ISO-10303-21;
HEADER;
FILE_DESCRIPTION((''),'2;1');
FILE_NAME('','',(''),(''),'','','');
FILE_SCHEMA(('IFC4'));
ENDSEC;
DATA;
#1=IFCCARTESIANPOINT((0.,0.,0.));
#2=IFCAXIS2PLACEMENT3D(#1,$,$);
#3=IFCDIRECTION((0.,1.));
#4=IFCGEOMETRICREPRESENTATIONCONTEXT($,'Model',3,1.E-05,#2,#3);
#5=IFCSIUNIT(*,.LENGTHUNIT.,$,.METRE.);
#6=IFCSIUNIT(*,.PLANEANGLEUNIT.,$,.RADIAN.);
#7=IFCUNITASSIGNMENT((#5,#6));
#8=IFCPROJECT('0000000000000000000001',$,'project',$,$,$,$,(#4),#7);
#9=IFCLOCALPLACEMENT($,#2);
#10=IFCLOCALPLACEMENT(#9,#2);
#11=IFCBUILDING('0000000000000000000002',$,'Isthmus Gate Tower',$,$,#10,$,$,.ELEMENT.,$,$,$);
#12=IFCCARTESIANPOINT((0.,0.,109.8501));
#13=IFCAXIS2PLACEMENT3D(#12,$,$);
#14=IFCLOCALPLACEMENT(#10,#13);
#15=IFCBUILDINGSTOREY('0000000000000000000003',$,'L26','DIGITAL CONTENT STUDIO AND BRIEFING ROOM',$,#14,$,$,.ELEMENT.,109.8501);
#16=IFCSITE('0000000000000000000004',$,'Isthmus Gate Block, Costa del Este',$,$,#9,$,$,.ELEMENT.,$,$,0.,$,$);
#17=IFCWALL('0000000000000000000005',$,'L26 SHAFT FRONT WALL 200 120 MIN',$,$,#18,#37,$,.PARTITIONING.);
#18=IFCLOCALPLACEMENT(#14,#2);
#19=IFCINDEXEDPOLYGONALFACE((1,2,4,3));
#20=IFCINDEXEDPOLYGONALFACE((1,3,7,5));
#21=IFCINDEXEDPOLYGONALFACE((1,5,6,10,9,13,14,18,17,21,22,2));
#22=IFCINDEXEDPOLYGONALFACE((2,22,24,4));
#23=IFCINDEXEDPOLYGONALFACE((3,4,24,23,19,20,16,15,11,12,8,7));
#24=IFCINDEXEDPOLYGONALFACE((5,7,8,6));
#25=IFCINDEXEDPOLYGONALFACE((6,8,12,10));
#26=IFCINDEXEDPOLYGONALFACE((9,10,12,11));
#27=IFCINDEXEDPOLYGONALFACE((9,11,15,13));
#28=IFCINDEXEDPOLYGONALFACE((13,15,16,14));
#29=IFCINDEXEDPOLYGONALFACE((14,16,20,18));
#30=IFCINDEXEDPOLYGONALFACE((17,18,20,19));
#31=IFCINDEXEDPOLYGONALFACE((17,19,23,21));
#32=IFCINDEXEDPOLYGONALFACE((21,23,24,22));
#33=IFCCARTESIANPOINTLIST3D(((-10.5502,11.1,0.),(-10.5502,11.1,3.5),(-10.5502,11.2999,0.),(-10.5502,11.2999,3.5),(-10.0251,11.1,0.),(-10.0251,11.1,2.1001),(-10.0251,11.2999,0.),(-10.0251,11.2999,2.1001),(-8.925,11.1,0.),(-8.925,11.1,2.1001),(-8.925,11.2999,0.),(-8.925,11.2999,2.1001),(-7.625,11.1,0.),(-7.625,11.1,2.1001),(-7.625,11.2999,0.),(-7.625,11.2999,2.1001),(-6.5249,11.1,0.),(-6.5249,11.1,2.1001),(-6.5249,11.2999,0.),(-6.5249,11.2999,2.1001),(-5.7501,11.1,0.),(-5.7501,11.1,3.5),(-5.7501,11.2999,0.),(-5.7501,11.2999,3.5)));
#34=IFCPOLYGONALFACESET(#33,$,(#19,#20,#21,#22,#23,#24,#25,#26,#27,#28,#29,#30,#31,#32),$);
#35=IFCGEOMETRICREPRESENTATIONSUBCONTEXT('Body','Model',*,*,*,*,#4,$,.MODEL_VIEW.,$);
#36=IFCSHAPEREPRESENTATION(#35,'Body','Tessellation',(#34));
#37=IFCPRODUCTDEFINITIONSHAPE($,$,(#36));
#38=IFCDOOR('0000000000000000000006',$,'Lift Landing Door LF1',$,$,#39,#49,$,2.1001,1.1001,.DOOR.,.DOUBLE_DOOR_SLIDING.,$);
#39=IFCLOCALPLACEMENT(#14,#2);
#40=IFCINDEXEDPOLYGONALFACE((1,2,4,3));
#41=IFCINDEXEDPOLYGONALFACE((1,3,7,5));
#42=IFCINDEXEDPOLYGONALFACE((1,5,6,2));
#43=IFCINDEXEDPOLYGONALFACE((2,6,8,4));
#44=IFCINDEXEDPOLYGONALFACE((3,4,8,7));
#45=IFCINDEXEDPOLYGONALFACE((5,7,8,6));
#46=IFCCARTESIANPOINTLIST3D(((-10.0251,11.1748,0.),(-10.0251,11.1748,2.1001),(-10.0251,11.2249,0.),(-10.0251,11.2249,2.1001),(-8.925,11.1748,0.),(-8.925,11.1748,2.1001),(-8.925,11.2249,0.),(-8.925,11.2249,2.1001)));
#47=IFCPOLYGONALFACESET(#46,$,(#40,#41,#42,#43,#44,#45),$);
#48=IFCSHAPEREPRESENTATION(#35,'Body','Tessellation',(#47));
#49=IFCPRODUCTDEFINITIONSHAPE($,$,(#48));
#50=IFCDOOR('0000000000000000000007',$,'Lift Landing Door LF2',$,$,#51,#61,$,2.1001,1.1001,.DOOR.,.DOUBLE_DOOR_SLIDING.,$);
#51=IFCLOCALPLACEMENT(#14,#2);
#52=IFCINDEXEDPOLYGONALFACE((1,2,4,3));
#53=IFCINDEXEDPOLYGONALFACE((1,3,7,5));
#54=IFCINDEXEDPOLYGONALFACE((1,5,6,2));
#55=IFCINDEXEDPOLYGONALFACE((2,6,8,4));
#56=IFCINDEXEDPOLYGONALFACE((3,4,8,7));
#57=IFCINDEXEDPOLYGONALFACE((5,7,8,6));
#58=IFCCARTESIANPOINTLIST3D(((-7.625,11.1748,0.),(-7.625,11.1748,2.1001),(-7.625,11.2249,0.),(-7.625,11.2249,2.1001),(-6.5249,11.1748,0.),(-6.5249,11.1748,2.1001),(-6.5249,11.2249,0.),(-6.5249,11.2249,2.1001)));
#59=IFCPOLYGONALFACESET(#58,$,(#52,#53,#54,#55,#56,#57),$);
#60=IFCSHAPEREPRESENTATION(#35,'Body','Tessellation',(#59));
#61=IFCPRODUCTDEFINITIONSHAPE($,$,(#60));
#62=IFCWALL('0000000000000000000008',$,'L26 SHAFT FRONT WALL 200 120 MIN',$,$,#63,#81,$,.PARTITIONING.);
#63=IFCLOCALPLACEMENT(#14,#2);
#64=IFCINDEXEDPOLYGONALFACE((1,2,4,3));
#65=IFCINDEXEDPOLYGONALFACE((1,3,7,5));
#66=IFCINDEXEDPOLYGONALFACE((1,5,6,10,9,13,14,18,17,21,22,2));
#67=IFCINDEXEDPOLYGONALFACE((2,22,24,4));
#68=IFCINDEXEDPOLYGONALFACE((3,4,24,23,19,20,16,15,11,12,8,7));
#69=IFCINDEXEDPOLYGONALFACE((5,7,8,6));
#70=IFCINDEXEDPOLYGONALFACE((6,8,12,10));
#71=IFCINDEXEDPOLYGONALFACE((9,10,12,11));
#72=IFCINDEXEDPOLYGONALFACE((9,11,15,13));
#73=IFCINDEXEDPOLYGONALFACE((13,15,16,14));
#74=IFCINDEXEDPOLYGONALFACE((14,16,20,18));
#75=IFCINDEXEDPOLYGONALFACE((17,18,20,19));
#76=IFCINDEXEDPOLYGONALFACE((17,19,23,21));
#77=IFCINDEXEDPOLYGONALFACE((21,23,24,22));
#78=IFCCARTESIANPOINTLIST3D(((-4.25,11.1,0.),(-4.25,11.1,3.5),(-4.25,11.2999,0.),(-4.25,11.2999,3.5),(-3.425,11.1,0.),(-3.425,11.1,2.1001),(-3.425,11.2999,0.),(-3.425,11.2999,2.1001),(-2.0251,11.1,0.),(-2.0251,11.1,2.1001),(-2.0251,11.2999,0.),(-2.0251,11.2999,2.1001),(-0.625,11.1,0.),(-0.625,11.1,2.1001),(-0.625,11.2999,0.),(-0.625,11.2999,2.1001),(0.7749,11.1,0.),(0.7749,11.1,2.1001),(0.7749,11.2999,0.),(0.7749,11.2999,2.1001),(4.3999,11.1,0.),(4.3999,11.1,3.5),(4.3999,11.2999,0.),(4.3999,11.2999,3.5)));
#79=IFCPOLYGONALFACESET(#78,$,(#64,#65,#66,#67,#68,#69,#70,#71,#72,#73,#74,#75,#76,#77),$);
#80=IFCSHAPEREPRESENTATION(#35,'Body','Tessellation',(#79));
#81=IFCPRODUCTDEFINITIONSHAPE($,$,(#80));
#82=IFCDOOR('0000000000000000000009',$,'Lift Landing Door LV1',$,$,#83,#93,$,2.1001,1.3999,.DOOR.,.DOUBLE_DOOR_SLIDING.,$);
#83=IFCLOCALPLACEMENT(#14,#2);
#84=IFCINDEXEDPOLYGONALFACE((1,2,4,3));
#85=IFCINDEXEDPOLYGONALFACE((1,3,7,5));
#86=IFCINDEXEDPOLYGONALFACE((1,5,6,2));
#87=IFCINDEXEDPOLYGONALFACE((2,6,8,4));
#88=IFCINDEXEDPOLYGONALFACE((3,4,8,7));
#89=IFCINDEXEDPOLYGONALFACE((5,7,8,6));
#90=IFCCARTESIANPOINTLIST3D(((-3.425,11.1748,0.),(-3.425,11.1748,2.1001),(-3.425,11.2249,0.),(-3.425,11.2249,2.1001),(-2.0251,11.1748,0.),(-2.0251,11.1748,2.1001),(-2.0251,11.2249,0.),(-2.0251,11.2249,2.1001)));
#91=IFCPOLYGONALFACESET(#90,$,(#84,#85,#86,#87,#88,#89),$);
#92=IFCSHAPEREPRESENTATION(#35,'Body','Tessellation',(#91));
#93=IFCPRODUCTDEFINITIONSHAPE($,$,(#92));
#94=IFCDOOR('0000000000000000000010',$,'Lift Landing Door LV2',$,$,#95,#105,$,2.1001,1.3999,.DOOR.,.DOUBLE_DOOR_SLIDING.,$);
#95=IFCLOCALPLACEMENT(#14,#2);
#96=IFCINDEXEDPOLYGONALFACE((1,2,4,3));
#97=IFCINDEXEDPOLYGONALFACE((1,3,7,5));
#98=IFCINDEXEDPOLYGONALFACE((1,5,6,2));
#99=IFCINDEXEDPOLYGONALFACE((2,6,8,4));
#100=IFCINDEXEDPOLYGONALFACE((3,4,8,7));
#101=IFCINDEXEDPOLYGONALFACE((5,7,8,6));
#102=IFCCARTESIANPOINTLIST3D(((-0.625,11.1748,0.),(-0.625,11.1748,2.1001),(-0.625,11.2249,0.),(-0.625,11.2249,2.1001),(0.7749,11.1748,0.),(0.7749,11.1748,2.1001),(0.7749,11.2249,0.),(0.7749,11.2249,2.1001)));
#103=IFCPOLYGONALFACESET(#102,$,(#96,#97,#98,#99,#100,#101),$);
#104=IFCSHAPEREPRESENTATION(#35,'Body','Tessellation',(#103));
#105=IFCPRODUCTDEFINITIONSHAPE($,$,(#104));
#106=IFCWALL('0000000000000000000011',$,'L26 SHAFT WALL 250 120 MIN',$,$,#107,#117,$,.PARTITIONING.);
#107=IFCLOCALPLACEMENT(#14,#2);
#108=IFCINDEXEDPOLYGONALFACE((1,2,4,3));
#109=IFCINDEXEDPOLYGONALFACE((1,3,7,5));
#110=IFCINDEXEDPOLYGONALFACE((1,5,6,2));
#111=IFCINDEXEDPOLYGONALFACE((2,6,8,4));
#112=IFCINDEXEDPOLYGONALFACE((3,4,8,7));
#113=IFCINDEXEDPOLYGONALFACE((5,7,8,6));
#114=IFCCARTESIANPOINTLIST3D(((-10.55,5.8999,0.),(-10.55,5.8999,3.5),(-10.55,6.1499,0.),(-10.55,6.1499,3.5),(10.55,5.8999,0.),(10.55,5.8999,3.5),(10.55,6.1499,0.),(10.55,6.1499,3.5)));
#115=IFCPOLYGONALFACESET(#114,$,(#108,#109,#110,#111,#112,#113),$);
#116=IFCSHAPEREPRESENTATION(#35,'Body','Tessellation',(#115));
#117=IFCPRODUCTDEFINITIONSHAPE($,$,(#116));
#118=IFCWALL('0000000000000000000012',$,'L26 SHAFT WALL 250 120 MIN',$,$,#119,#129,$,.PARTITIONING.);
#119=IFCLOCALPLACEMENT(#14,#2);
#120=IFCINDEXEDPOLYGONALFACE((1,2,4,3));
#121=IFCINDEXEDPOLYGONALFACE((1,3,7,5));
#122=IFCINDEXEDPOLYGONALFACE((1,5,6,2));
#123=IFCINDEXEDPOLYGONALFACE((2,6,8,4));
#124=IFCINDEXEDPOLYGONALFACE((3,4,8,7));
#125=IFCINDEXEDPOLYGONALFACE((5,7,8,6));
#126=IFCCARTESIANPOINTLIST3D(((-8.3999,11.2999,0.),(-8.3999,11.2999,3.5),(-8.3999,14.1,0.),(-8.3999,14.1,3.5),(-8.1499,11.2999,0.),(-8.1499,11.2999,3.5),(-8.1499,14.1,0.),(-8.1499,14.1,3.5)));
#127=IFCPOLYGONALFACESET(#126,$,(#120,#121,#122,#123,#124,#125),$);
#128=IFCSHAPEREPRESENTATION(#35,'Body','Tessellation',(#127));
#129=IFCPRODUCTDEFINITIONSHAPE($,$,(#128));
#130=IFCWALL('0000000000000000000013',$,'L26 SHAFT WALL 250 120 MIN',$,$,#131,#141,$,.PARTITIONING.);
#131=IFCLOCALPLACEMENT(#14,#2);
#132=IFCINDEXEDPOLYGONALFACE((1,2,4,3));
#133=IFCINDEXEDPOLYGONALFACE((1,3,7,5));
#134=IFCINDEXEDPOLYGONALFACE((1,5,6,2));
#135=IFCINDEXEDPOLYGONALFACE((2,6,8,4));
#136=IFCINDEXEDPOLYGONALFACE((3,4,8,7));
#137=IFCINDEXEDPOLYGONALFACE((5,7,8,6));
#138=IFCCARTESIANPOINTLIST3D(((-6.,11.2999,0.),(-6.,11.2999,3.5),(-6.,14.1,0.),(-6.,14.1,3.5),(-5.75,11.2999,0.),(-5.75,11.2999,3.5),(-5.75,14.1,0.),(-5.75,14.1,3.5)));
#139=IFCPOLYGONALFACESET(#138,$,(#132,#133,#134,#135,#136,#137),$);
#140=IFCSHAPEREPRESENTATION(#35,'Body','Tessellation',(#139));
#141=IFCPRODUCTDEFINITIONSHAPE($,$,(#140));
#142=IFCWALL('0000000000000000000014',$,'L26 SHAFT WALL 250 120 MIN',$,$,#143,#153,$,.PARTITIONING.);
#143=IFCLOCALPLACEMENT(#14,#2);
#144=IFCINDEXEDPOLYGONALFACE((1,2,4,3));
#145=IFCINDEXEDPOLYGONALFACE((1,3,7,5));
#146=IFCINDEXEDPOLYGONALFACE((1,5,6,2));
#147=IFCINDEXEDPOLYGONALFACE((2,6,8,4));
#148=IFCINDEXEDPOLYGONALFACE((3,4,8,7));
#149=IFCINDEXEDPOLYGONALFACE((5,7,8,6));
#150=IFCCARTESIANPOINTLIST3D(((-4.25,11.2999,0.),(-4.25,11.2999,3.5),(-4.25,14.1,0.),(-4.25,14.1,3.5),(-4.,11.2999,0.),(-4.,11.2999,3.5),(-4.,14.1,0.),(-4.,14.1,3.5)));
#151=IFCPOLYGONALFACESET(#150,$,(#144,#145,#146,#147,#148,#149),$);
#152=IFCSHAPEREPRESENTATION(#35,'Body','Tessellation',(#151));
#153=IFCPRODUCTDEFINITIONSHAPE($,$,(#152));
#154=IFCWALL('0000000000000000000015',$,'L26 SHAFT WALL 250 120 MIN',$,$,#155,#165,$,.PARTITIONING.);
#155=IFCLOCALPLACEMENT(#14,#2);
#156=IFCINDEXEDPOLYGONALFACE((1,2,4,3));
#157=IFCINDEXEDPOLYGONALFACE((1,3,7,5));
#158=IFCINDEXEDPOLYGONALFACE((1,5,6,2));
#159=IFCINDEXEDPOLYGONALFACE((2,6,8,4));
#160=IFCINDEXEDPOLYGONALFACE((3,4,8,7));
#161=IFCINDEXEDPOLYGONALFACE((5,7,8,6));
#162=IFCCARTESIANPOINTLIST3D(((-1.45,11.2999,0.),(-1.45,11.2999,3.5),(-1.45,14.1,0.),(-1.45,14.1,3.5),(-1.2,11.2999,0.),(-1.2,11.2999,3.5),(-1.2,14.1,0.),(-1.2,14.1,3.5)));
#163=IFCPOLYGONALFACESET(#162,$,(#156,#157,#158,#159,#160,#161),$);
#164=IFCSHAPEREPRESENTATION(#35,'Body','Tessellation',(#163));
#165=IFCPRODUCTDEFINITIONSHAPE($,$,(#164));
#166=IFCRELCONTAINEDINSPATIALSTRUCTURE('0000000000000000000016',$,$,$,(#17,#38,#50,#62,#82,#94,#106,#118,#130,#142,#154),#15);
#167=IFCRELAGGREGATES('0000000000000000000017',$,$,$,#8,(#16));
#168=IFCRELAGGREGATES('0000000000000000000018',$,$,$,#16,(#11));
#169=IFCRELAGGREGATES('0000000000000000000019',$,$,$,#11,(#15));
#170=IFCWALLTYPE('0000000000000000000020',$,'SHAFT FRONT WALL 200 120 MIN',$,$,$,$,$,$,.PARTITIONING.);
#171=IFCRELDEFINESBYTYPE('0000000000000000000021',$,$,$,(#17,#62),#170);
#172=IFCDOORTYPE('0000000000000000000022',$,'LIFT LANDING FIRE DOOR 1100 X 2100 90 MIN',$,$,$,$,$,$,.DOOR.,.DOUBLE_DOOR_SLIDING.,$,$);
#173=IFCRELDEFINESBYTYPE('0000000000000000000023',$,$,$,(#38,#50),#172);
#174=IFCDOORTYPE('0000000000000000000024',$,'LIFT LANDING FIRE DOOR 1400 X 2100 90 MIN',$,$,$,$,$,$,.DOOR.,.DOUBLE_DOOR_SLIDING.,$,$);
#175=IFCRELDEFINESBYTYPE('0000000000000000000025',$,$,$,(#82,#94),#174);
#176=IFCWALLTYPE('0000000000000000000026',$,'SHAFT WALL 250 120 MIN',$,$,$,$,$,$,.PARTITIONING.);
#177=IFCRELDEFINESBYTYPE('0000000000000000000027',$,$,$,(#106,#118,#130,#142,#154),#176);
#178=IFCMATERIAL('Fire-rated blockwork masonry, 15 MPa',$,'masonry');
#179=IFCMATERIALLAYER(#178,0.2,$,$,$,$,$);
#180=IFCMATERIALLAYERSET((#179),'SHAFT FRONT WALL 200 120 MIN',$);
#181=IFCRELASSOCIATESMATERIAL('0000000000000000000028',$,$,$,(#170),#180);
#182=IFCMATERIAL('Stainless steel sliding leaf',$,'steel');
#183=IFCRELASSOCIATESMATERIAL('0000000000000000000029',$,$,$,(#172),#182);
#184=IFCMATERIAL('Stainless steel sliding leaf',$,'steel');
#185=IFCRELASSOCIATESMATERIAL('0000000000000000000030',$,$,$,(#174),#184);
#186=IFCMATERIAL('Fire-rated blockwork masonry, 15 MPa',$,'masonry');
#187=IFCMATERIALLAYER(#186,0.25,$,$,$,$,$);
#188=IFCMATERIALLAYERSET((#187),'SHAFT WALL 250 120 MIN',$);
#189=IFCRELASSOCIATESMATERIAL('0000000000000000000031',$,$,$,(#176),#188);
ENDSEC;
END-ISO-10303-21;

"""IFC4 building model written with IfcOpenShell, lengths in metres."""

from ifc_helpers import new_model, si_unit, direction, frame, frame_2d, origin, place, context, subcontext, project, spatial, rectangle, extrude, material, layer, layer_set, type_object, element, fill, save


model = new_model("IFC4")

# Units and contexts
model_context = context("Model", 3, precision=1e-05, world=origin(), true_north=direction((0.0, 1.0)))
body_context = subcontext(model_context, "Body", "Model", "MODEL_VIEW")
ifc_project = project(units=[si_unit("LENGTHUNIT", "METRE"), si_unit("PLANEANGLEUNIT", "RADIAN")], contexts=[model_context])

# Site, building, storey
site_placement = place(None, origin())
site = spatial("IfcSite", under=ifc_project, at=site_placement, Name="Isthmus Gate Block, Costa del Este", CompositionType="ELEMENT", RefElevation=0.0)
building_placement = place(site_placement, origin())
building = spatial("IfcBuilding", under=site, at=building_placement, Name="Isthmus Gate Tower", CompositionType="ELEMENT")
storey_placement = place(building_placement, frame((0.0, 0.0, 109.8501)))
storey = spatial("IfcBuildingStorey", under=building, at=storey_placement, Name="L26", Description="DIGITAL CONTENT STUDIO AND BRIEFING ROOM", CompositionType="ELEMENT", Elevation=109.8501)

# Walls, openings, doors
ifc_material_1 = material(Name="Fire-rated blockwork masonry, 15 MPa", Category="masonry")
ifc_layer_1 = layer(ifc_material_1, 0.2)
ifc_layer_set_1 = layer_set([ifc_layer_1], Name="SHAFT FRONT WALL 200 120 MIN")
wall_type_1 = type_object("IfcWallType", Name="SHAFT FRONT WALL 200 120 MIN", PredefinedType="PARTITIONING", material=ifc_layer_set_1)
wall_1_placement = place(storey_placement, frame((-10.55, 11.2, 0.0), z_axis=(0.0, 0.0, 1.0), x_axis=(1.0, 0.0, 0.0)))
wall_1 = element("IfcWall", 1, at=wall_1_placement, inside=storey, type_object=wall_type_1, Name="L26 SHAFT FRONT WALL 200 120 MIN", PredefinedType="PARTITIONING", context=body_context, shape_type="SweptSolid", body=[
    extrude(rectangle(XDim=4.8, YDim=0.2, at=frame_2d((2.3999, 0.0))), origin(), (0.0, 0.0, 1.0), 3.5),
])
opening_1_placement = place(wall_1_placement, frame((0.5249, 0.0, 0.0)))
opening_1 = element("IfcOpeningElement", 2, at=opening_1_placement, cuts=wall_1, PredefinedType="OPENING", context=body_context, shape_type="SweptSolid", body=[
    extrude(rectangle(XDim=1.1001, YDim=2.1001, at=frame_2d((0.55, 1.05))), frame((0.0, 0.1099, 0.0), z_axis=(0.0, -1.0, 0.0), x_axis=(1.0, 0.0, 0.0)), (0.0, 0.0, 1.0), 0.22),
])
opening_2_placement = place(wall_1_placement, frame((2.925, 0.0, 0.0)))
opening_2 = element("IfcOpeningElement", 3, at=opening_2_placement, cuts=wall_1, PredefinedType="OPENING", context=body_context, shape_type="SweptSolid", body=[
    extrude(rectangle(XDim=1.1001, YDim=2.1001, at=frame_2d((0.55, 1.05))), frame((0.0, 0.1099, 0.0), z_axis=(0.0, -1.0, 0.0), x_axis=(1.0, 0.0, 0.0)), (0.0, 0.0, 1.0), 0.22),
])
ifc_material_2 = material(Name="Stainless steel sliding leaf", Category="steel")
door_type_1 = type_object("IfcDoorType", Name="LIFT LANDING FIRE DOOR 1100 X 2100 90 MIN", OperationType="DOUBLE_DOOR_SLIDING", PredefinedType="DOOR", material=ifc_material_2)
door_1_placement = place(opening_1_placement, origin())
door_1 = element("IfcDoor", 4, at=door_1_placement, inside=storey, type_object=door_type_1, Name="Lift Landing Door LF1", OperationType="DOUBLE_DOOR_SLIDING", OverallHeight=2.1001, OverallWidth=1.1001, PredefinedType="DOOR", context=body_context, shape_type="SweptSolid", body=[
    extrude(rectangle(XDim=1.1001, YDim=2.1001, at=frame_2d((0.55, 1.05))), frame((0.0, 0.0249, 0.0), z_axis=(0.0, -1.0, 0.0), x_axis=(1.0, 0.0, 0.0)), (0.0, 0.0, 1.0), 0.05),
])
fill(opening_1, door_1)
door_2_placement = place(opening_2_placement, origin())
door_2 = element("IfcDoor", 5, at=door_2_placement, inside=storey, type_object=door_type_1, Name="Lift Landing Door LF2", OperationType="DOUBLE_DOOR_SLIDING", OverallHeight=2.1001, OverallWidth=1.1001, PredefinedType="DOOR", context=body_context, shape_type="SweptSolid", body=[
    extrude(rectangle(XDim=1.1001, YDim=2.1001, at=frame_2d((0.55, 1.05))), frame((0.0, 0.0249, 0.0), z_axis=(0.0, -1.0, 0.0), x_axis=(1.0, 0.0, 0.0)), (0.0, 0.0, 1.0), 0.05),
])
fill(opening_2, door_2)
wall_2_placement = place(storey_placement, frame((-4.25, 11.2, 0.0), z_axis=(0.0, 0.0, 1.0), x_axis=(1.0, 0.0, 0.0)))
wall_2 = element("IfcWall", 6, at=wall_2_placement, inside=storey, type_object=wall_type_1, Name="L26 SHAFT FRONT WALL 200 120 MIN", PredefinedType="PARTITIONING", context=body_context, shape_type="SweptSolid", body=[
    extrude(rectangle(XDim=8.6499, YDim=0.2, at=frame_2d((4.325, 0.0))), origin(), (0.0, 0.0, 1.0), 3.5),
])
opening_3_placement = place(wall_2_placement, frame((0.825, 0.0, 0.0)))
opening_3 = element("IfcOpeningElement", 7, at=opening_3_placement, cuts=wall_2, PredefinedType="OPENING", context=body_context, shape_type="SweptSolid", body=[
    extrude(rectangle(XDim=1.3999, YDim=2.1001, at=frame_2d((0.7, 1.05))), frame((0.0, 0.1099, 0.0), z_axis=(0.0, -1.0, 0.0), x_axis=(1.0, 0.0, 0.0)), (0.0, 0.0, 1.0), 0.22),
])
opening_4_placement = place(wall_2_placement, frame((3.625, 0.0, 0.0)))
opening_4 = element("IfcOpeningElement", 8, at=opening_4_placement, cuts=wall_2, PredefinedType="OPENING", context=body_context, shape_type="SweptSolid", body=[
    extrude(rectangle(XDim=1.3999, YDim=2.1001, at=frame_2d((0.7, 1.05))), frame((0.0, 0.1099, 0.0), z_axis=(0.0, -1.0, 0.0), x_axis=(1.0, 0.0, 0.0)), (0.0, 0.0, 1.0), 0.22),
])
ifc_material_3 = material(Name="Stainless steel sliding leaf", Category="steel")
door_type_2 = type_object("IfcDoorType", Name="LIFT LANDING FIRE DOOR 1400 X 2100 90 MIN", OperationType="DOUBLE_DOOR_SLIDING", PredefinedType="DOOR", material=ifc_material_3)
door_3_placement = place(opening_3_placement, origin())
door_3 = element("IfcDoor", 9, at=door_3_placement, inside=storey, type_object=door_type_2, Name="Lift Landing Door LV1", OperationType="DOUBLE_DOOR_SLIDING", OverallHeight=2.1001, OverallWidth=1.3999, PredefinedType="DOOR", context=body_context, shape_type="SweptSolid", body=[
    extrude(rectangle(XDim=1.3999, YDim=2.1001, at=frame_2d((0.7, 1.05))), frame((0.0, 0.0249, 0.0), z_axis=(0.0, -1.0, 0.0), x_axis=(1.0, 0.0, 0.0)), (0.0, 0.0, 1.0), 0.05),
])
fill(opening_3, door_3)
door_4_placement = place(opening_4_placement, origin())
door_4 = element("IfcDoor", 10, at=door_4_placement, inside=storey, type_object=door_type_2, Name="Lift Landing Door LV2", OperationType="DOUBLE_DOOR_SLIDING", OverallHeight=2.1001, OverallWidth=1.3999, PredefinedType="DOOR", context=body_context, shape_type="SweptSolid", body=[
    extrude(rectangle(XDim=1.3999, YDim=2.1001, at=frame_2d((0.7, 1.05))), frame((0.0, 0.0249, 0.0), z_axis=(0.0, -1.0, 0.0), x_axis=(1.0, 0.0, 0.0)), (0.0, 0.0, 1.0), 0.05),
])
fill(opening_4, door_4)

# Walls
ifc_material_4 = material(Name="Fire-rated blockwork masonry, 15 MPa", Category="masonry")
ifc_layer_2 = layer(ifc_material_4, 0.25)
ifc_layer_set_2 = layer_set([ifc_layer_2], Name="SHAFT WALL 250 120 MIN")
wall_type_2 = type_object("IfcWallType", Name="SHAFT WALL 250 120 MIN", PredefinedType="PARTITIONING", material=ifc_layer_set_2)
wall_3_placement = place(storey_placement, frame((-10.55, 6.0249, 0.0), z_axis=(0.0, 0.0, 1.0), x_axis=(1.0, 0.0, 0.0)))
element("IfcWall", 11, at=wall_3_placement, inside=storey, type_object=wall_type_2, Name="L26 SHAFT WALL 250 120 MIN", PredefinedType="PARTITIONING", context=body_context, shape_type="SweptSolid", body=[
    extrude(rectangle(XDim=21.1001, YDim=0.25, at=frame_2d((10.55, 0.0))), origin(), (0.0, 0.0, 1.0), 3.5),
])
for number, where, z_axis, x_axis, name in (
    (12, (-8.2749, 11.3, 0.0), (0.0, 0.0, 1.0), (0.0, 1.0, 0.0), "L26 SHAFT WALL 250 120 MIN"),
    (13, (-5.875, 11.3, 0.0), (0.0, 0.0, 1.0), (0.0, 1.0, 0.0), "L26 SHAFT WALL 250 120 MIN"),
    (14, (-4.125, 11.3, 0.0), (0.0, 0.0, 1.0), (0.0, 1.0, 0.0), "L26 SHAFT WALL 250 120 MIN"),
    (15, (-1.325, 11.3, 0.0), (0.0, 0.0, 1.0), (0.0, 1.0, 0.0), "L26 SHAFT WALL 250 120 MIN"),
):
    element("IfcWall", number, at=place(storey_placement, frame(where, z_axis=z_axis, x_axis=x_axis)), inside=storey, type_object=wall_type_2, Name=name, PredefinedType="PARTITIONING", context=body_context, shape_type="SweptSolid", body=[
        extrude(rectangle(XDim=2.8, YDim=0.25, at=frame_2d((1.3999, 0.0))), origin(), (0.0, 0.0, 1.0), 3.5),
    ])

save(model, "model.ifc")
